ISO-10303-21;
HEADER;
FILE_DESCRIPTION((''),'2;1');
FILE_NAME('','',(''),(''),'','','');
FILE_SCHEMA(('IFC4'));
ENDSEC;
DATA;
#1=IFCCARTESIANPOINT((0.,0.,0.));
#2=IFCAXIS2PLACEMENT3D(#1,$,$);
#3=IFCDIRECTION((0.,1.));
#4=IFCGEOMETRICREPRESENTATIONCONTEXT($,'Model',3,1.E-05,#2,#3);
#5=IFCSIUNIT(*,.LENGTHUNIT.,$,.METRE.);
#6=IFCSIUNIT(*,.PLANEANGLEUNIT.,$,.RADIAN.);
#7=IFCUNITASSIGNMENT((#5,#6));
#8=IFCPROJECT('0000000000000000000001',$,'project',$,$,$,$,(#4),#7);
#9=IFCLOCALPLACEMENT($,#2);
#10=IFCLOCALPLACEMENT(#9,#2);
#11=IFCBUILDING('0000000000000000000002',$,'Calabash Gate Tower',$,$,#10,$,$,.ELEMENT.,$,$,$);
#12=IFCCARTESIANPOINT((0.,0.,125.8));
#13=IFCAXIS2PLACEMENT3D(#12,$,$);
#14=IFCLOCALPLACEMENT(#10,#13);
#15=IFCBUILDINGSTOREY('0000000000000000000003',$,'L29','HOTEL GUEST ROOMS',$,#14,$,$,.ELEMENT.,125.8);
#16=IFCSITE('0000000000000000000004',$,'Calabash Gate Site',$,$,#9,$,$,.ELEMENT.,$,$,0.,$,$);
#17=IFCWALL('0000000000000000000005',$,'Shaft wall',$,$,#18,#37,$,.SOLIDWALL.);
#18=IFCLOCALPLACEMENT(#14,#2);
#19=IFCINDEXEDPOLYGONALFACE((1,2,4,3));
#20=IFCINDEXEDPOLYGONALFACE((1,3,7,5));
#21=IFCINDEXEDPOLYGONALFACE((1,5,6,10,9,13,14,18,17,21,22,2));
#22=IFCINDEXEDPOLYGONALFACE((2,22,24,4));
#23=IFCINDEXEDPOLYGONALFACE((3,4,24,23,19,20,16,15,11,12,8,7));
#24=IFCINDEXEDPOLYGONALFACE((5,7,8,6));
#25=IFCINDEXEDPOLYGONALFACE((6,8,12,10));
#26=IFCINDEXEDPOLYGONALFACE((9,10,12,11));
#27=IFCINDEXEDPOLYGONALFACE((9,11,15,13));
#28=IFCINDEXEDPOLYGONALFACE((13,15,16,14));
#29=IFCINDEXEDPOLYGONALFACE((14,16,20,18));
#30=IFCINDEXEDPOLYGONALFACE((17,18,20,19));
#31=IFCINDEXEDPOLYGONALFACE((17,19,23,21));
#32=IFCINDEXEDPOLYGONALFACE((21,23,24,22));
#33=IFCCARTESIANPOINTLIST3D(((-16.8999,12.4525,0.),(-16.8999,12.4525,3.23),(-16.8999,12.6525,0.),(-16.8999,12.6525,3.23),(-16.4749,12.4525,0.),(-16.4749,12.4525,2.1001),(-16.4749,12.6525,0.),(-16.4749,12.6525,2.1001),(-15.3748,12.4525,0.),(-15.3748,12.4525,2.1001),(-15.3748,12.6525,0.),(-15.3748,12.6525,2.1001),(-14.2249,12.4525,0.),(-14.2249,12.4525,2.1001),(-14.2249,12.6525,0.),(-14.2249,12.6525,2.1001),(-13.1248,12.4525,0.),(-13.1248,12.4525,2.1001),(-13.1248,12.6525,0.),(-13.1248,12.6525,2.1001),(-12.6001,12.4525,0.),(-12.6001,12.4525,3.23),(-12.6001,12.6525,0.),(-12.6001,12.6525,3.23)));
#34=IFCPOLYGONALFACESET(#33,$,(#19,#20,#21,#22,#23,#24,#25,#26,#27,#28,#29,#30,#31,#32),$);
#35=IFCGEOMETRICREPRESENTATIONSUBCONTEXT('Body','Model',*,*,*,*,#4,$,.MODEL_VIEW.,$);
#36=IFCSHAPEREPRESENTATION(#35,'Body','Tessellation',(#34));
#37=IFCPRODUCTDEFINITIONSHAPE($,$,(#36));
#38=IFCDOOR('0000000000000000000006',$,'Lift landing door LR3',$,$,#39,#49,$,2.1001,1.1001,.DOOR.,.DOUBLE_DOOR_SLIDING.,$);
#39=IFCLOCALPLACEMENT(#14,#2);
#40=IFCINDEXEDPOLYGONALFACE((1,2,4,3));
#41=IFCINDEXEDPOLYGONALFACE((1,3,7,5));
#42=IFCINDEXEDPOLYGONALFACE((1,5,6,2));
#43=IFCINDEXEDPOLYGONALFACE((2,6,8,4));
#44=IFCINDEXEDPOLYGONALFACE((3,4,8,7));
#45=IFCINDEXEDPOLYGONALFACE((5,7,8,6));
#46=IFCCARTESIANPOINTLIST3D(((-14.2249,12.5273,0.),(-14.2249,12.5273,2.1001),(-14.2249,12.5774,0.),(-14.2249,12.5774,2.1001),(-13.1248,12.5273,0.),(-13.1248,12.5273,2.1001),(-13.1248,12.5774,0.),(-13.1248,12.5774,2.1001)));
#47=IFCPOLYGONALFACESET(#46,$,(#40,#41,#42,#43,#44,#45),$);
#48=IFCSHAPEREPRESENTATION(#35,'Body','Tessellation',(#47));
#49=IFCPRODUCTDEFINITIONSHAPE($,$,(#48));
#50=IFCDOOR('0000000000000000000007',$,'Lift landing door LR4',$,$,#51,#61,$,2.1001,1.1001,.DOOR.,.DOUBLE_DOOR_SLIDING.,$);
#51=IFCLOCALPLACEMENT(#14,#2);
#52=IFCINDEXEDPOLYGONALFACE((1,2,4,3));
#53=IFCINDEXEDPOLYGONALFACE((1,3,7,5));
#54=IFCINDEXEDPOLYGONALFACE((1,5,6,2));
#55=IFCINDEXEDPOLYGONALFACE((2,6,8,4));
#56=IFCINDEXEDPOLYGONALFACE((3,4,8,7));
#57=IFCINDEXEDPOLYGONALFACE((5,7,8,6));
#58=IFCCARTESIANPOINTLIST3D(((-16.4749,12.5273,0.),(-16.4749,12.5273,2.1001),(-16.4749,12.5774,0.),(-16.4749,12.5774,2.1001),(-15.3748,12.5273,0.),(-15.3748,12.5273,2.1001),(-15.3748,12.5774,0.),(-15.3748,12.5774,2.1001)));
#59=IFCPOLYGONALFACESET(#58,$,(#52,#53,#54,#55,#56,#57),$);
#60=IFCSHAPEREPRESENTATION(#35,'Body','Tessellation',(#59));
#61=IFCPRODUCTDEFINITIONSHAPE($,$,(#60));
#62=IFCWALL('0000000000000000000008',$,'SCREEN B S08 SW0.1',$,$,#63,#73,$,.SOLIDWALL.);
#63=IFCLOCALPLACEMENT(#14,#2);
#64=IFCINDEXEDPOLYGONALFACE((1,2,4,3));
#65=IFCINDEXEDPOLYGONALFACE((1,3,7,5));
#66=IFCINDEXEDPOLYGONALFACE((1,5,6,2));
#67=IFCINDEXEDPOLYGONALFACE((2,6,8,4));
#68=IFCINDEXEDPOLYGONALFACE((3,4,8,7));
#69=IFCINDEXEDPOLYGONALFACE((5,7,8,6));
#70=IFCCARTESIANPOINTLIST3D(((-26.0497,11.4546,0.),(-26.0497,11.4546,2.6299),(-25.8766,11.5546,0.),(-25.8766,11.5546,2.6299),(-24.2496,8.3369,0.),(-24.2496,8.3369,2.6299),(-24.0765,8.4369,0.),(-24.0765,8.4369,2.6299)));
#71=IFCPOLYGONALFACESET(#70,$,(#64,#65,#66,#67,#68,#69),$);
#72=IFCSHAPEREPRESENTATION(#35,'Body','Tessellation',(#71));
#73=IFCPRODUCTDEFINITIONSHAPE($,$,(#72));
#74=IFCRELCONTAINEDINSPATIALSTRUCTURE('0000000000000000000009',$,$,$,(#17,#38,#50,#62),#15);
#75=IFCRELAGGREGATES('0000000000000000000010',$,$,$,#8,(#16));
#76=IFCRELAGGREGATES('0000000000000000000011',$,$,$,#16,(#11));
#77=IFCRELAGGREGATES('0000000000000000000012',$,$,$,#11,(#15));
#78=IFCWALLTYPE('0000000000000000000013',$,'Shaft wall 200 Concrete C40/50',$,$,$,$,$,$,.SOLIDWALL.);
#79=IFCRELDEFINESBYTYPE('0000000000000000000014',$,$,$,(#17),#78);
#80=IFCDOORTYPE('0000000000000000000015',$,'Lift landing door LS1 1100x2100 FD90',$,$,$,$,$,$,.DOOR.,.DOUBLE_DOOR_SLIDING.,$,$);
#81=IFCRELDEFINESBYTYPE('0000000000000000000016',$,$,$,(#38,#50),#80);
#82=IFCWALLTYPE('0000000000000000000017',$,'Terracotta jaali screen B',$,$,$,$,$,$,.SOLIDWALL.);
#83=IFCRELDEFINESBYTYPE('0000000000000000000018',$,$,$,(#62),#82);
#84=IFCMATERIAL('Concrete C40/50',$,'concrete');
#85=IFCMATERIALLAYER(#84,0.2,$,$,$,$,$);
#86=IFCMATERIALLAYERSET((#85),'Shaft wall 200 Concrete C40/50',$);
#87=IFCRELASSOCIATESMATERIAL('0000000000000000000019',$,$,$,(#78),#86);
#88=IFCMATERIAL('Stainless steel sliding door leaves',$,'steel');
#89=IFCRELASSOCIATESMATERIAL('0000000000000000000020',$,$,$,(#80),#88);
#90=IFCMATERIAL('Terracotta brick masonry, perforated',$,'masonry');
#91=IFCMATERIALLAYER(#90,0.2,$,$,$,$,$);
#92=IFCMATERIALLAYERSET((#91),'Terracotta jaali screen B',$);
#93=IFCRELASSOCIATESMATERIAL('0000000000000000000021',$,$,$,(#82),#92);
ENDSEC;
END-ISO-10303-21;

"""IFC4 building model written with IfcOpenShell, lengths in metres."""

from ifc_helpers import new_model, si_unit, direction, frame, frame_2d, origin, place, context, subcontext, project, spatial, rectangle, extrude, material, layer, layer_set, type_object, element, fill, save


model = new_model("IFC4")

# Units and contexts
model_context = context("Model", 3, precision=1e-05, world=origin(), true_north=direction((0.0, 1.0)))
body_context = subcontext(model_context, "Body", "Model", "MODEL_VIEW")
ifc_project = project(units=[si_unit("LENGTHUNIT", "METRE"), si_unit("PLANEANGLEUNIT", "RADIAN")], contexts=[model_context])

# Site, building, storey
site_placement = place(None, origin())
site = spatial("IfcSite", under=ifc_project, at=site_placement, Name="Calabash Gate Site", CompositionType="ELEMENT", RefElevation=0.0)
building_placement = place(site_placement, origin())
building = spatial("IfcBuilding", under=site, at=building_placement, Name="Calabash Gate Tower", CompositionType="ELEMENT")
storey_placement = place(building_placement, frame((0.0, 0.0, 125.8)))
storey = spatial("IfcBuildingStorey", under=building, at=storey_placement, Name="L29", Description="HOTEL GUEST ROOMS", CompositionType="ELEMENT", Elevation=125.8)

# Wall, openings, doors
ifc_material_1 = material(Name="Concrete C40/50", Category="concrete")
ifc_layer_1 = layer(ifc_material_1, 0.2)
ifc_layer_set_1 = layer_set([ifc_layer_1], Name="Shaft wall 200 Concrete C40/50")
wall_type_1 = type_object("IfcWallType", Name="Shaft wall 200 Concrete C40/50", PredefinedType="SOLIDWALL", material=ifc_layer_set_1)
ifc_material_2 = material(Name="Stainless steel sliding door leaves", Category="steel")
door_type_1 = type_object("IfcDoorType", Name="Lift landing door LS1 1100x2100 FD90", OperationType="DOUBLE_DOOR_SLIDING", PredefinedType="DOOR", material=ifc_material_2)
wall_1_placement = place(storey_placement, frame((-16.8999, 12.5525, 0.0), z_axis=(0.0, 0.0, 1.0), x_axis=(1.0, 0.0, 0.0)))
wall_1 = element("IfcWall", 1, at=wall_1_placement, inside=storey, type_object=wall_type_1, Name="Shaft wall", PredefinedType="SOLIDWALL", context=body_context, shape_type="SweptSolid", body=[
    extrude(rectangle(XDim=4.2998, YDim=0.2, at=frame_2d((2.1499, 0.0))), origin(), (0.0, 0.0, 1.0), 3.23),
])
opening_1_placement = place(wall_1_placement, frame((2.675, 0.0, 0.0)))
opening_1 = element("IfcOpeningElement", 2, at=opening_1_placement, cuts=wall_1, PredefinedType="OPENING", context=body_context, shape_type="SweptSolid", body=[
    extrude(rectangle(XDim=1.1001, YDim=2.1001, at=frame_2d((0.55, 1.05))), frame((0.0, 0.1099, 0.0), z_axis=(0.0, -1.0, 0.0), x_axis=(1.0, 0.0, 0.0)), (0.0, 0.0, 1.0), 0.22),
])
opening_2_placement = place(wall_1_placement, frame((0.425, 0.0, 0.0)))
opening_2 = element("IfcOpeningElement", 3, at=opening_2_placement, cuts=wall_1, PredefinedType="OPENING", context=body_context, shape_type="SweptSolid", body=[
    extrude(rectangle(XDim=1.1001, YDim=2.1001, at=frame_2d((0.55, 1.05))), frame((0.0, 0.1099, 0.0), z_axis=(0.0, -1.0, 0.0), x_axis=(1.0, 0.0, 0.0)), (0.0, 0.0, 1.0), 0.22),
])
door_1_placement = place(opening_1_placement, origin())
door_1 = element("IfcDoor", 4, at=door_1_placement, inside=storey, type_object=door_type_1, Name="Lift landing door LR3", OperationType="DOUBLE_DOOR_SLIDING", OverallHeight=2.1001, OverallWidth=1.1001, PredefinedType="DOOR", context=body_context, shape_type="SweptSolid", body=[
    extrude(rectangle(XDim=1.1001, YDim=2.1001, at=frame_2d((0.55, 1.05))), frame((0.0, 0.0249, 0.0), z_axis=(0.0, -1.0, 0.0), x_axis=(1.0, 0.0, 0.0)), (0.0, 0.0, 1.0), 0.05),
])
fill(opening_1, door_1)
door_2_placement = place(opening_2_placement, origin())
door_2 = element("IfcDoor", 5, at=door_2_placement, inside=storey, type_object=door_type_1, Name="Lift landing door LR4", OperationType="DOUBLE_DOOR_SLIDING", OverallHeight=2.1001, OverallWidth=1.1001, PredefinedType="DOOR", context=body_context, shape_type="SweptSolid", body=[
    extrude(rectangle(XDim=1.1001, YDim=2.1001, at=frame_2d((0.55, 1.05))), frame((0.0, 0.0249, 0.0), z_axis=(0.0, -1.0, 0.0), x_axis=(1.0, 0.0, 0.0)), (0.0, 0.0, 1.0), 0.05),
])
fill(opening_2, door_2)

# Wall
ifc_material_3 = material(Name="Terracotta brick masonry, perforated", Category="masonry")
ifc_layer_2 = layer(ifc_material_3, 0.2)
ifc_layer_set_2 = layer_set([ifc_layer_2], Name="Terracotta jaali screen B")
wall_type_2 = type_object("IfcWallType", Name="Terracotta jaali screen B", PredefinedType="SOLIDWALL", material=ifc_layer_set_2)
wall_2_placement = place(storey_placement, frame((-25.9631, 11.5046, 0.0), z_axis=(0.0, 0.0, 1.0), x_axis=(0.500012, -0.866018, 0.0)))
element("IfcWall", 6, at=wall_2_placement, inside=storey, type_object=wall_type_2, Name="SCREEN B S08 SW0.1", PredefinedType="SOLIDWALL", context=body_context, shape_type="SweptSolid", body=[
    extrude(rectangle(XDim=3.6001, YDim=0.2, at=frame_2d((1.8, 0.0))), origin(), (0.0, 0.0, 1.0), 2.6299),
])

save(model, "model.ifc")
